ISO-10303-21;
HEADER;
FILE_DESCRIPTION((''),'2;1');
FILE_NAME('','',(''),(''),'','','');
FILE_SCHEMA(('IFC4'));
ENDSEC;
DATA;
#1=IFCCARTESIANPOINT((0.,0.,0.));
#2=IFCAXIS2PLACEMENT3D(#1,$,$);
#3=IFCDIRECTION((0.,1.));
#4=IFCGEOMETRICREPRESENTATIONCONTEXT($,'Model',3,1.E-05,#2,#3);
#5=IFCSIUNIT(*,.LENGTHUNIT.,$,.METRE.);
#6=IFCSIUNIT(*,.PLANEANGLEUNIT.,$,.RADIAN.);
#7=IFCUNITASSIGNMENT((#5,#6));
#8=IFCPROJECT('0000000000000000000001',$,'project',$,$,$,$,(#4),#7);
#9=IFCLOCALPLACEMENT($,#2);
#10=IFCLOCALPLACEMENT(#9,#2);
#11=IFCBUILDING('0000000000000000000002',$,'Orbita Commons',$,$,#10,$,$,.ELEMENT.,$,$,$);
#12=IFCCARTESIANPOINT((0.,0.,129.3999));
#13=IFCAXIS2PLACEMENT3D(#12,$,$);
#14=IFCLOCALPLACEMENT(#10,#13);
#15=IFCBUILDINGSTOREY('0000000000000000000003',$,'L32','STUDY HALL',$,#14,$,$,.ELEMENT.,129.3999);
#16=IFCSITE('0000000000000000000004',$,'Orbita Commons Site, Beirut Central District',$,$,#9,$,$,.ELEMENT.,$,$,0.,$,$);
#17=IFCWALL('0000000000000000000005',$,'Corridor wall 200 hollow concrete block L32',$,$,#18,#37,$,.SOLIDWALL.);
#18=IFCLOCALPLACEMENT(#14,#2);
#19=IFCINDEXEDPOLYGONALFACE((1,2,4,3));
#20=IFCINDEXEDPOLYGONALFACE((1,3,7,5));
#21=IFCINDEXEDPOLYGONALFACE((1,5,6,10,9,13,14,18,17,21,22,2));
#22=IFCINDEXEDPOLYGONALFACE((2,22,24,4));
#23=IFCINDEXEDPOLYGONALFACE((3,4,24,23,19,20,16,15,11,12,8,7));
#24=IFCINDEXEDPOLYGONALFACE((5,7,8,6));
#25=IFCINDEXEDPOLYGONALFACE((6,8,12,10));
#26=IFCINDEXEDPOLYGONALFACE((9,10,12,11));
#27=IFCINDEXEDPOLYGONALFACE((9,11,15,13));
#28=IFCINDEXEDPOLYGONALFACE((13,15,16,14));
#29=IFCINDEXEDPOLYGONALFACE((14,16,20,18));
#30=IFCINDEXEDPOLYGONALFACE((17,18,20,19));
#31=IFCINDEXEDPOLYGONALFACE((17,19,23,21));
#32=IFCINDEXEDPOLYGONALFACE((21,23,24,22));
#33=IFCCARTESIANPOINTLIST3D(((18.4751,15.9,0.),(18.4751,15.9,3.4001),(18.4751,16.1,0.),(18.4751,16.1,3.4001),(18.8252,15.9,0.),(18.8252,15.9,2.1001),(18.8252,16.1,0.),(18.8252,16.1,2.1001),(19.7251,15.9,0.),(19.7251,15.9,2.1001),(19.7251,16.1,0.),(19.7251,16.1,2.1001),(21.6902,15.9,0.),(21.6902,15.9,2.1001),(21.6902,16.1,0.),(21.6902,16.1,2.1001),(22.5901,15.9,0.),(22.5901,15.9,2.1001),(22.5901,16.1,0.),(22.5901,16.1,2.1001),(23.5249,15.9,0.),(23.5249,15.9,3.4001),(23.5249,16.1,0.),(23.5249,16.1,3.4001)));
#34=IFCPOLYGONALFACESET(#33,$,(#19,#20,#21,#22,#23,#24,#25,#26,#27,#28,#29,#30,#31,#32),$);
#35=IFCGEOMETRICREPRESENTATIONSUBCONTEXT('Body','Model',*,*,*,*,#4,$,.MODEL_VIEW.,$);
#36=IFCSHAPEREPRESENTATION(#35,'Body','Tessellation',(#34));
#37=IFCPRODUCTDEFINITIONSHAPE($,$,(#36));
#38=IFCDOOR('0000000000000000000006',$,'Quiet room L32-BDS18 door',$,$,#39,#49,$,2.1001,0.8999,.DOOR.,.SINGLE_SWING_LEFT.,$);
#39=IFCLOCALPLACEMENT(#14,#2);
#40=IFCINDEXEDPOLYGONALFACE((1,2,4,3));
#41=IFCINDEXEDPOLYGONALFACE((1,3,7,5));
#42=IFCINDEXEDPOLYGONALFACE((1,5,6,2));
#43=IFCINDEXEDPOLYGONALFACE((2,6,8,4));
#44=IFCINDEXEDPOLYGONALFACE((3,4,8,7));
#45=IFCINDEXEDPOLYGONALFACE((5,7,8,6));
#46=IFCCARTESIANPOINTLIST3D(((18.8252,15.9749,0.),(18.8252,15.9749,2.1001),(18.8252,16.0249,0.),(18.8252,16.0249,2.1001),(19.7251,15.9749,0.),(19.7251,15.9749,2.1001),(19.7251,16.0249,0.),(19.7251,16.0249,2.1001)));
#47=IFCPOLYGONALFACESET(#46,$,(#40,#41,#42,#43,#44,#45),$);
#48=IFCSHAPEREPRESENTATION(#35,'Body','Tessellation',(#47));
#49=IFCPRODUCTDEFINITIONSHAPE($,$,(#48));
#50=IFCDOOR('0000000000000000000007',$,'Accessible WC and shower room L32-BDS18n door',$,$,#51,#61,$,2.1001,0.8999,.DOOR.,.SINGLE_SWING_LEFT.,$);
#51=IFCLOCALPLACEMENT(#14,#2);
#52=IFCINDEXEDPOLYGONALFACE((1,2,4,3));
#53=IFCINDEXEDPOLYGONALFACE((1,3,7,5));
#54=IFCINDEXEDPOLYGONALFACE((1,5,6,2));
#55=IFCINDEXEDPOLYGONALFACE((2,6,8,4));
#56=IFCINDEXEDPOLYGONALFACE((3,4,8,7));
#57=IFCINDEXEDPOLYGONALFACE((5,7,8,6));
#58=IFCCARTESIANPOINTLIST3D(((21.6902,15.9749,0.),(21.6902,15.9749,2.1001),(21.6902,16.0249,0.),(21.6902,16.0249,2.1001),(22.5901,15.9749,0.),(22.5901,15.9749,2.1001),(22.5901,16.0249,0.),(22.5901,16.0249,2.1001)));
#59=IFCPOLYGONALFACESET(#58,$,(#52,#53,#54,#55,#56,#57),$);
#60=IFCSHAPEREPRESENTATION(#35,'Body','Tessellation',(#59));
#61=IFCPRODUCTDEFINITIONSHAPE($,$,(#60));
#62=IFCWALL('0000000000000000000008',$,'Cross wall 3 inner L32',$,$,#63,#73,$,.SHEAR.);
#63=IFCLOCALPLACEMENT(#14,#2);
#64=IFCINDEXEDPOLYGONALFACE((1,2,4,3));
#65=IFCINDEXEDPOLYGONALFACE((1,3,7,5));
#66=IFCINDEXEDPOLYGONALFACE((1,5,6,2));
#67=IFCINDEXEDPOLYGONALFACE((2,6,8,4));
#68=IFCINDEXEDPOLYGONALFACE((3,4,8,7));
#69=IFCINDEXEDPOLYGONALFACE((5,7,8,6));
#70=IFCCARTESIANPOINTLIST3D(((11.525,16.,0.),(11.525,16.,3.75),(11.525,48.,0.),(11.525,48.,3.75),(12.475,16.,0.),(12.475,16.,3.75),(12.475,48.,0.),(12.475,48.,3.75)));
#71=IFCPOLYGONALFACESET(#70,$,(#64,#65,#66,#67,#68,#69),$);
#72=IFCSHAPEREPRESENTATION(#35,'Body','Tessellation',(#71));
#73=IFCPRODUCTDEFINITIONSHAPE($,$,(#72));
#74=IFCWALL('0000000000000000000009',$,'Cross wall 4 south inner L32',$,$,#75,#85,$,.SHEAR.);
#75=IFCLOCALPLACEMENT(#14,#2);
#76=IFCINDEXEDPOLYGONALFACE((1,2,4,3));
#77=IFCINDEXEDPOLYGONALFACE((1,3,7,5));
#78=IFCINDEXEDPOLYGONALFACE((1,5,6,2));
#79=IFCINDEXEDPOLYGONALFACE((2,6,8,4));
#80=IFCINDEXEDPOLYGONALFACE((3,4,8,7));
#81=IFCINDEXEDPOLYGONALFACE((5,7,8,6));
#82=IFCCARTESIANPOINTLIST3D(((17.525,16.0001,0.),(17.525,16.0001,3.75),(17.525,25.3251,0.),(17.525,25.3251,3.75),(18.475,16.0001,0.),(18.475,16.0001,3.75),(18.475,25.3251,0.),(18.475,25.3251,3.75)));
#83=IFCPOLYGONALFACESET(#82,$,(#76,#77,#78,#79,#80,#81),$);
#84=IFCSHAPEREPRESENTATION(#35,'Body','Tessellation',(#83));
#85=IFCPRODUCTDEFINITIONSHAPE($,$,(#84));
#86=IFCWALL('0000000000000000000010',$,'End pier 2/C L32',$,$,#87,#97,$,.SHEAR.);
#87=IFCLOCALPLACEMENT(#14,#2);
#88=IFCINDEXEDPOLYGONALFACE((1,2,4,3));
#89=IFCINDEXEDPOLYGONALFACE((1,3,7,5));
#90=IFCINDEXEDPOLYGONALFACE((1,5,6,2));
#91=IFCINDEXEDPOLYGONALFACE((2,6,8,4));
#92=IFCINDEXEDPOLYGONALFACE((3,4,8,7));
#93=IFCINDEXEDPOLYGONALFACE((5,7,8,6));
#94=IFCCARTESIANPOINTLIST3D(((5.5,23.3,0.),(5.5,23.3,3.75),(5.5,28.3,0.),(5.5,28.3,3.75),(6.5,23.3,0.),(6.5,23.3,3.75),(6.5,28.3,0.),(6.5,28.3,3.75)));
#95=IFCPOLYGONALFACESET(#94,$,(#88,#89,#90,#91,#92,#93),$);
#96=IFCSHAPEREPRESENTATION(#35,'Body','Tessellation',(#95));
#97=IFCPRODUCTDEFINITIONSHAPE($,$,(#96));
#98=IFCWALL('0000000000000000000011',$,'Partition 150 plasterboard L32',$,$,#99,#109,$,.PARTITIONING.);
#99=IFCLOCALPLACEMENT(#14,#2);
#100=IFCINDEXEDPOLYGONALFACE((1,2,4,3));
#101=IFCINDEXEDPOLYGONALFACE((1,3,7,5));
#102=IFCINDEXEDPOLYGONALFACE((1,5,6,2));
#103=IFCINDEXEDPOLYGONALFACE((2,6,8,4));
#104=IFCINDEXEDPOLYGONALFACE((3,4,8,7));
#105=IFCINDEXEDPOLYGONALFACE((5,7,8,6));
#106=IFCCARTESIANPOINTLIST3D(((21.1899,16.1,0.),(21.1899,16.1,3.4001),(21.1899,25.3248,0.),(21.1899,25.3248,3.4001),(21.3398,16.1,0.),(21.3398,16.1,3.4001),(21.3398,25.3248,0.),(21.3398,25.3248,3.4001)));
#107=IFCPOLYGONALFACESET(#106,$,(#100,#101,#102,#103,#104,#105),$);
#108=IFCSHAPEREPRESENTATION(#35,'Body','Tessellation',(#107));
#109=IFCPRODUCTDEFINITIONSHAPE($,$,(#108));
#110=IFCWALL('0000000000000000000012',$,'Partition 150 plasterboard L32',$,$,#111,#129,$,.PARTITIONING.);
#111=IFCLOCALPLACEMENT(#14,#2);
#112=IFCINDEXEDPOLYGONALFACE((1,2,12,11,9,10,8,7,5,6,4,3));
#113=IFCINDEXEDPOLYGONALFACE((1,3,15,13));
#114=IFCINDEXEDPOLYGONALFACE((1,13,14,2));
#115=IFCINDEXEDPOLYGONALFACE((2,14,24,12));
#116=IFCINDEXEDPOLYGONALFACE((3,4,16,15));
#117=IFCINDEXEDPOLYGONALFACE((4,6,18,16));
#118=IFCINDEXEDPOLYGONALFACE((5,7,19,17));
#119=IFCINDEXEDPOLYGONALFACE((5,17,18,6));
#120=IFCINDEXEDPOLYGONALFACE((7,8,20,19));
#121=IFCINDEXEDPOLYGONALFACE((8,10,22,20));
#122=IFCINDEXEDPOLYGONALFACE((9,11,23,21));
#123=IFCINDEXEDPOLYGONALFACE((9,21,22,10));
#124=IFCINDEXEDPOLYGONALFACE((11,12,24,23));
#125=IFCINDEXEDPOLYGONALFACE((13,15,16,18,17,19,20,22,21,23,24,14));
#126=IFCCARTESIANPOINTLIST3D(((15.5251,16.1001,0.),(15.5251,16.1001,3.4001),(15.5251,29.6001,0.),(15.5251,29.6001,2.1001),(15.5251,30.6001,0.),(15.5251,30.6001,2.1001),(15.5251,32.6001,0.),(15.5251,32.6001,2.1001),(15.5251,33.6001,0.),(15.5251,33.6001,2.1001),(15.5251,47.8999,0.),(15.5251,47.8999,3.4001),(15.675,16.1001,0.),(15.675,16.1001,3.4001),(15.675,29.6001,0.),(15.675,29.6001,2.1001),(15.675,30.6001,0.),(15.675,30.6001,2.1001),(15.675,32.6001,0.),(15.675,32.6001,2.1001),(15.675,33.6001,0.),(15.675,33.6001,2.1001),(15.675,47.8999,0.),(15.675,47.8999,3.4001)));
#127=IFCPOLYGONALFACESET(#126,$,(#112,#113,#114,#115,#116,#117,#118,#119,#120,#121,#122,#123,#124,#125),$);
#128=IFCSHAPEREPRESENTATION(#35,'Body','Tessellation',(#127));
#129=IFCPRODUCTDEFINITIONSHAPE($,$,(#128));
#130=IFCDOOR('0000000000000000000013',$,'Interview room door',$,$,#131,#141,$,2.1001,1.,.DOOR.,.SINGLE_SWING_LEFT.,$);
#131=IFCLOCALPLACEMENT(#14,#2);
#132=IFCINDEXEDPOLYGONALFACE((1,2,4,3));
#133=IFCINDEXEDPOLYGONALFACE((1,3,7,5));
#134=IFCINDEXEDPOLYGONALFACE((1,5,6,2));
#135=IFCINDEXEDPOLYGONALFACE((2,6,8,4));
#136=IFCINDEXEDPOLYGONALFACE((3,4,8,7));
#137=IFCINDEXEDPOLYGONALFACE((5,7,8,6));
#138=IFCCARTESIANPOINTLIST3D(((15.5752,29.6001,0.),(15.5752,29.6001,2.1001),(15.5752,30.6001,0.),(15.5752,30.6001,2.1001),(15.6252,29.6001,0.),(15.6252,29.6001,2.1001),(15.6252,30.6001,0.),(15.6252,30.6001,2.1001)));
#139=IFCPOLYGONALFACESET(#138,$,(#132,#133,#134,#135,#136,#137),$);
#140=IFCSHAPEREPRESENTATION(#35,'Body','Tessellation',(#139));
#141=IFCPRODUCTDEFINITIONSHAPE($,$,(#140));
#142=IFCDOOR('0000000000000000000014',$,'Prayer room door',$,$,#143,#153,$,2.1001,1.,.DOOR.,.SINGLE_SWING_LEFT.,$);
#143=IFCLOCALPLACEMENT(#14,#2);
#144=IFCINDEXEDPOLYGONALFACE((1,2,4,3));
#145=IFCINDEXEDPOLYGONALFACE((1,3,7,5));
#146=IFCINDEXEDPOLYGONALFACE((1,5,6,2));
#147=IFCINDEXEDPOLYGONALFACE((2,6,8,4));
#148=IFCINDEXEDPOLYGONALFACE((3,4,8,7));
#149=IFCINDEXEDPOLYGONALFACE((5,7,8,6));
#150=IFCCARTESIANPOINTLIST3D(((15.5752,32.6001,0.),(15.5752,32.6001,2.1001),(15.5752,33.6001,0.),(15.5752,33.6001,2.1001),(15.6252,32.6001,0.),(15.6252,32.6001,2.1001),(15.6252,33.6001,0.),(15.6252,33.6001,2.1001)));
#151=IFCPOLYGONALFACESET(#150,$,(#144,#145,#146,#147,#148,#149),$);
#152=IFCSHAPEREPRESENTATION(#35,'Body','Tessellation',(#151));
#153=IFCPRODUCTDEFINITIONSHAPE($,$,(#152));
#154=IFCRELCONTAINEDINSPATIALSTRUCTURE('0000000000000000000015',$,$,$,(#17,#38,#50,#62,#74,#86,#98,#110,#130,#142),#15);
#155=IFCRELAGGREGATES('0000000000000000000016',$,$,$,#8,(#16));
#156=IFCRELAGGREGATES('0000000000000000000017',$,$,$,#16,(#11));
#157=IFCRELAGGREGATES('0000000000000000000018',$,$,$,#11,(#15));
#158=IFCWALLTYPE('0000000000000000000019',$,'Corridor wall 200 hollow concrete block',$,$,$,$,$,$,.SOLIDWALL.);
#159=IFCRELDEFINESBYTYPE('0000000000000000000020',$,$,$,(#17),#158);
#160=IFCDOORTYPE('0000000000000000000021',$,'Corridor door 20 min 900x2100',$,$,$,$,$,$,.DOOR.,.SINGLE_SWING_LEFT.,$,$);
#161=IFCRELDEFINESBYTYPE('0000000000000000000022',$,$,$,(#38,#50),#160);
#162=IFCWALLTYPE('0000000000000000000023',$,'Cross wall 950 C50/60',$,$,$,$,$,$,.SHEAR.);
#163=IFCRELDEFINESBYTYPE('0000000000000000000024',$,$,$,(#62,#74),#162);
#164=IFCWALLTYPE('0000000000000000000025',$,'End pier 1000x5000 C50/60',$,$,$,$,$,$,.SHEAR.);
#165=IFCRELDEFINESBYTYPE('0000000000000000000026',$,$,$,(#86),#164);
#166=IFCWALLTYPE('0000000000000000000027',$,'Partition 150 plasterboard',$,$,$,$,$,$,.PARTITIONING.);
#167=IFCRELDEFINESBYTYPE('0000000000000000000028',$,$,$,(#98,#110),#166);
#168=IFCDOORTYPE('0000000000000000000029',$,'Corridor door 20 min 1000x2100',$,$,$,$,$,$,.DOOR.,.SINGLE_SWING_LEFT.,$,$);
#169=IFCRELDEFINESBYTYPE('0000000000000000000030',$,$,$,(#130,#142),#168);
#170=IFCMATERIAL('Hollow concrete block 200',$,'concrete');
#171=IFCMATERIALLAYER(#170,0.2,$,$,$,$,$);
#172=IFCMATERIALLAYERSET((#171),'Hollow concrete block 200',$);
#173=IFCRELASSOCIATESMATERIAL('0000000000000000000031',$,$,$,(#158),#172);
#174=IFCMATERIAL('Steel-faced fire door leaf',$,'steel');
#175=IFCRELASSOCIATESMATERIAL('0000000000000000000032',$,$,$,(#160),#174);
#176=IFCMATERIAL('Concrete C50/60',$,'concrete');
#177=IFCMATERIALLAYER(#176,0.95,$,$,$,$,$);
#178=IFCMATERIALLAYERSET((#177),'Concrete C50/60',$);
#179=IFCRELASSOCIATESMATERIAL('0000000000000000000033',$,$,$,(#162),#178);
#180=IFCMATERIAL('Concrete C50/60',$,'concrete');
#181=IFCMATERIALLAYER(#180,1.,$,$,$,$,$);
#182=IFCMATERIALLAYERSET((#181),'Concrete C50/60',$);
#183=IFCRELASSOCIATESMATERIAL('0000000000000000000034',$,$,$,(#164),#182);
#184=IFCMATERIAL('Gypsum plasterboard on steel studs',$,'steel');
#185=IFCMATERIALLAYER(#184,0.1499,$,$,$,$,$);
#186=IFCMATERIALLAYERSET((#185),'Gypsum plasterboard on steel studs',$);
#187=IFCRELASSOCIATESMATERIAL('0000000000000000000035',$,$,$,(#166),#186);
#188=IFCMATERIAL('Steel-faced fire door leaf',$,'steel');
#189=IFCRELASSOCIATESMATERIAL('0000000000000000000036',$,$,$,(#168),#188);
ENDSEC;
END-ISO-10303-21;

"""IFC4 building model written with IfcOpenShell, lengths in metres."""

from ifc_helpers import new_model, si_unit, direction, frame, frame_2d, origin, place, context, subcontext, project, spatial, rectangle, extrude, material, layer, layer_set, type_object, element, fill, save


model = new_model("IFC4")

# Units and contexts
model_context = context("Model", 3, precision=1e-05, world=origin(), true_north=direction((0.0, 1.0)))
body_context = subcontext(model_context, "Body", "Model", "MODEL_VIEW")
ifc_project = project(units=[si_unit("LENGTHUNIT", "METRE"), si_unit("PLANEANGLEUNIT", "RADIAN")], contexts=[model_context])

# Site, building, storey
site_placement = place(None, origin())
site = spatial("IfcSite", under=ifc_project, at=site_placement, Name="Orbita Commons Site, Beirut Central District", CompositionType="ELEMENT", RefElevation=0.0)
building_placement = place(site_placement, origin())
building = spatial("IfcBuilding", under=site, at=building_placement, Name="Orbita Commons", CompositionType="ELEMENT")
storey_placement = place(building_placement, frame((0.0, 0.0, 129.3999)))
storey = spatial("IfcBuildingStorey", under=building, at=storey_placement, Name="L32", Description="STUDY HALL", CompositionType="ELEMENT", Elevation=129.3999)

# Shared definitions
ifc_material_1 = material(Name="Hollow concrete block 200", Category="concrete")
ifc_layer_1 = layer(ifc_material_1, 0.2)
ifc_layer_set_1 = layer_set([ifc_layer_1], Name="Hollow concrete block 200")
wall_type_1 = type_object("IfcWallType", Name="Corridor wall 200 hollow concrete block", PredefinedType="SOLIDWALL", material=ifc_layer_set_1)

# Wall, openings, doors
wall_1_placement = place(storey_placement, frame((18.4751, 16.0, 0.0), z_axis=(0.0, 0.0, 1.0), x_axis=(1.0, 0.0, 0.0)))
wall_1 = element("IfcWall", 1, at=wall_1_placement, inside=storey, type_object=wall_type_1, Name="Corridor wall 200 hollow concrete block L32", PredefinedType="SOLIDWALL", context=body_context, shape_type="SweptSolid", body=[
    extrude(rectangle(XDim=5.0498, YDim=0.2, at=frame_2d((2.5249, 0.0))), origin(), (0.0, 0.0, 1.0), 3.4001),
])
opening_1_placement = place(wall_1_placement, frame((0.3501, 0.0, 0.0)))
opening_1 = element("IfcOpeningElement", 2, at=opening_1_placement, cuts=wall_1, PredefinedType="OPENING", context=body_context, shape_type="SweptSolid", body=[
    extrude(rectangle(XDim=0.8999, YDim=2.1001, at=frame_2d((0.45, 1.05))), frame((0.0, 0.1099, 0.0), z_axis=(0.0, -1.0, 0.0), x_axis=(1.0, 0.0, 0.0)), (0.0, 0.0, 1.0), 0.22),
])
opening_2_placement = place(wall_1_placement, frame((3.2151, 0.0, 0.0)))
opening_2 = element("IfcOpeningElement", 3, at=opening_2_placement, cuts=wall_1, PredefinedType="OPENING", context=body_context, shape_type="SweptSolid", body=[
    extrude(rectangle(XDim=0.8999, YDim=2.1001, at=frame_2d((0.45, 1.05))), frame((0.0, 0.1099, 0.0), z_axis=(0.0, -1.0, 0.0), x_axis=(1.0, 0.0, 0.0)), (0.0, 0.0, 1.0), 0.22),
])
ifc_material_2 = material(Name="Steel-faced fire door leaf", Category="steel")
door_type_1 = type_object("IfcDoorType", Name="Corridor door 20 min 900x2100", OperationType="SINGLE_SWING_LEFT", PredefinedType="DOOR", material=ifc_material_2)
door_1_placement = place(opening_1_placement, origin())
door_1 = element("IfcDoor", 4, at=door_1_placement, inside=storey, type_object=door_type_1, Name="Quiet room L32-BDS18 door", OperationType="SINGLE_SWING_LEFT", OverallHeight=2.1001, OverallWidth=0.8999, PredefinedType="DOOR", context=body_context, shape_type="SweptSolid", body=[
    extrude(rectangle(XDim=0.8999, YDim=2.1001, at=frame_2d((0.45, 1.05))), frame((0.0, 0.0249, 0.0), z_axis=(0.0, -1.0, 0.0), x_axis=(1.0, 0.0, 0.0)), (0.0, 0.0, 1.0), 0.05),
])
fill(opening_1, door_1)
door_2_placement = place(opening_2_placement, origin())
door_2 = element("IfcDoor", 5, at=door_2_placement, inside=storey, type_object=door_type_1, Name="Accessible WC and shower room L32-BDS18n door", OperationType="SINGLE_SWING_LEFT", OverallHeight=2.1001, OverallWidth=0.8999, PredefinedType="DOOR", context=body_context, shape_type="SweptSolid", body=[
    extrude(rectangle(XDim=0.8999, YDim=2.1001, at=frame_2d((0.45, 1.05))), frame((0.0, 0.0249, 0.0), z_axis=(0.0, -1.0, 0.0), x_axis=(1.0, 0.0, 0.0)), (0.0, 0.0, 1.0), 0.05),
])
fill(opening_2, door_2)

# Walls
ifc_material_3 = material(Name="Concrete C50/60", Category="concrete")
ifc_layer_2 = layer(ifc_material_3, 0.95)
ifc_layer_set_2 = layer_set([ifc_layer_2], Name="Concrete C50/60")
wall_type_2 = type_object("IfcWallType", Name="Cross wall 950 C50/60", PredefinedType="SHEAR", material=ifc_layer_set_2)
wall_2_placement = place(storey_placement, frame((12.0, 16.0, 0.0), z_axis=(0.0, 0.0, 1.0), x_axis=(0.0, 1.0, 0.0)))
element("IfcWall", 6, at=wall_2_placement, inside=storey, type_object=wall_type_2, Name="Cross wall 3 inner L32", PredefinedType="SHEAR", context=body_context, shape_type="SweptSolid", body=[
    extrude(rectangle(XDim=32.0, YDim=0.95, at=frame_2d((16.0, 0.0))), origin(), (0.0, 0.0, 1.0), 3.75),
])
wall_3_placement = place(storey_placement, frame((18.0, 16.0, 0.0), z_axis=(0.0, 0.0, 1.0), x_axis=(0.0, 1.0, 0.0)))
element("IfcWall", 7, at=wall_3_placement, inside=storey, type_object=wall_type_2, Name="Cross wall 4 south inner L32", PredefinedType="SHEAR", context=body_context, shape_type="SweptSolid", body=[
    extrude(rectangle(XDim=9.325, YDim=0.95, at=frame_2d((4.6626, 0.0))), origin(), (0.0, 0.0, 1.0), 3.75),
])
ifc_material_4 = material(Name="Concrete C50/60", Category="concrete")
ifc_layer_3 = layer(ifc_material_4, 1.0)
ifc_layer_set_3 = layer_set([ifc_layer_3], Name="Concrete C50/60")
wall_type_3 = type_object("IfcWallType", Name="End pier 1000x5000 C50/60", PredefinedType="SHEAR", material=ifc_layer_set_3)
wall_4_placement = place(storey_placement, frame((6.0, 23.3, 0.0), z_axis=(0.0, 0.0, 1.0), x_axis=(0.0, 1.0, 0.0)))
element("IfcWall", 8, at=wall_4_placement, inside=storey, type_object=wall_type_3, Name="End pier 2/C L32", PredefinedType="SHEAR", context=body_context, shape_type="SweptSolid", body=[
    extrude(rectangle(XDim=5.0, YDim=1.0, at=frame_2d((2.5, 0.0))), origin(), (0.0, 0.0, 1.0), 3.75),
])
ifc_material_5 = material(Name="Gypsum plasterboard on steel studs", Category="steel")
ifc_layer_4 = layer(ifc_material_5, 0.1499)
ifc_layer_set_4 = layer_set([ifc_layer_4], Name="Gypsum plasterboard on steel studs")
wall_type_4 = type_object("IfcWallType", Name="Partition 150 plasterboard", PredefinedType="PARTITIONING", material=ifc_layer_set_4)
wall_5_placement = place(storey_placement, frame((21.2649, 16.1001, 0.0), z_axis=(0.0, 0.0, 1.0), x_axis=(0.0, 1.0, 0.0)))
element("IfcWall", 9, at=wall_5_placement, inside=storey, type_object=wall_type_4, Name="Partition 150 plasterboard L32", PredefinedType="PARTITIONING", context=body_context, shape_type="SweptSolid", body=[
    extrude(rectangle(XDim=9.2249, YDim=0.1499, at=frame_2d((4.6123, 0.0))), origin(), (0.0, 0.0, 1.0), 3.4001),
])

# Wall, openings, doors
wall_6_placement = place(storey_placement, frame((15.6001, 16.1001, 0.0), z_axis=(0.0, 0.0, 1.0), x_axis=(0.0, 1.0, 0.0)))
wall_6 = element("IfcWall", 10, at=wall_6_placement, inside=storey, type_object=wall_type_4, Name="Partition 150 plasterboard L32", PredefinedType="PARTITIONING", context=body_context, shape_type="SweptSolid", body=[
    extrude(rectangle(XDim=31.7998, YDim=0.1499, at=frame_2d((15.8999, 0.0))), origin(), (0.0, 0.0, 1.0), 3.4001),
])
opening_3_placement = place(wall_6_placement, frame((13.5, 0.0, 0.0)))
opening_3 = element("IfcOpeningElement", 11, at=opening_3_placement, cuts=wall_6, PredefinedType="OPENING", context=body_context, shape_type="SweptSolid", body=[
    extrude(rectangle(XDim=1.0, YDim=2.1001, at=frame_2d((0.5, 1.05))), frame((0.0, 0.085, 0.0), z_axis=(0.0, -1.0, 0.0), x_axis=(1.0, 0.0, 0.0)), (0.0, 0.0, 1.0), 0.1699),
])
opening_4_placement = place(wall_6_placement, frame((16.5, 0.0, 0.0)))
opening_4 = element("IfcOpeningElement", 12, at=opening_4_placement, cuts=wall_6, PredefinedType="OPENING", context=body_context, shape_type="SweptSolid", body=[
    extrude(rectangle(XDim=1.0, YDim=2.1001, at=frame_2d((0.5, 1.05))), frame((0.0, 0.085, 0.0), z_axis=(0.0, -1.0, 0.0), x_axis=(1.0, 0.0, 0.0)), (0.0, 0.0, 1.0), 0.1699),
])
ifc_material_6 = material(Name="Steel-faced fire door leaf", Category="steel")
door_type_2 = type_object("IfcDoorType", Name="Corridor door 20 min 1000x2100", OperationType="SINGLE_SWING_LEFT", PredefinedType="DOOR", material=ifc_material_6)
door_3_placement = place(opening_3_placement, origin())
door_3 = element("IfcDoor", 13, at=door_3_placement, inside=storey, type_object=door_type_2, Name="Interview room door", OperationType="SINGLE_SWING_LEFT", OverallHeight=2.1001, OverallWidth=1.0, PredefinedType="DOOR", context=body_context, shape_type="SweptSolid", body=[
    extrude(rectangle(XDim=1.0, YDim=2.1001, at=frame_2d((0.5, 1.05))), frame((0.0, 0.0249, 0.0), z_axis=(0.0, -1.0, 0.0), x_axis=(1.0, 0.0, 0.0)), (0.0, 0.0, 1.0), 0.05),
])
fill(opening_3, door_3)
door_4_placement = place(opening_4_placement, origin())
door_4 = element("IfcDoor", 14, at=door_4_placement, inside=storey, type_object=door_type_2, Name="Prayer room door", OperationType="SINGLE_SWING_LEFT", OverallHeight=2.1001, OverallWidth=1.0, PredefinedType="DOOR", context=body_context, shape_type="SweptSolid", body=[
    extrude(rectangle(XDim=1.0, YDim=2.1001, at=frame_2d((0.5, 1.05))), frame((0.0, 0.0249, 0.0), z_axis=(0.0, -1.0, 0.0), x_axis=(1.0, 0.0, 0.0)), (0.0, 0.0, 1.0), 0.05),
])
fill(opening_4, door_4)

save(model, "model.ifc")
